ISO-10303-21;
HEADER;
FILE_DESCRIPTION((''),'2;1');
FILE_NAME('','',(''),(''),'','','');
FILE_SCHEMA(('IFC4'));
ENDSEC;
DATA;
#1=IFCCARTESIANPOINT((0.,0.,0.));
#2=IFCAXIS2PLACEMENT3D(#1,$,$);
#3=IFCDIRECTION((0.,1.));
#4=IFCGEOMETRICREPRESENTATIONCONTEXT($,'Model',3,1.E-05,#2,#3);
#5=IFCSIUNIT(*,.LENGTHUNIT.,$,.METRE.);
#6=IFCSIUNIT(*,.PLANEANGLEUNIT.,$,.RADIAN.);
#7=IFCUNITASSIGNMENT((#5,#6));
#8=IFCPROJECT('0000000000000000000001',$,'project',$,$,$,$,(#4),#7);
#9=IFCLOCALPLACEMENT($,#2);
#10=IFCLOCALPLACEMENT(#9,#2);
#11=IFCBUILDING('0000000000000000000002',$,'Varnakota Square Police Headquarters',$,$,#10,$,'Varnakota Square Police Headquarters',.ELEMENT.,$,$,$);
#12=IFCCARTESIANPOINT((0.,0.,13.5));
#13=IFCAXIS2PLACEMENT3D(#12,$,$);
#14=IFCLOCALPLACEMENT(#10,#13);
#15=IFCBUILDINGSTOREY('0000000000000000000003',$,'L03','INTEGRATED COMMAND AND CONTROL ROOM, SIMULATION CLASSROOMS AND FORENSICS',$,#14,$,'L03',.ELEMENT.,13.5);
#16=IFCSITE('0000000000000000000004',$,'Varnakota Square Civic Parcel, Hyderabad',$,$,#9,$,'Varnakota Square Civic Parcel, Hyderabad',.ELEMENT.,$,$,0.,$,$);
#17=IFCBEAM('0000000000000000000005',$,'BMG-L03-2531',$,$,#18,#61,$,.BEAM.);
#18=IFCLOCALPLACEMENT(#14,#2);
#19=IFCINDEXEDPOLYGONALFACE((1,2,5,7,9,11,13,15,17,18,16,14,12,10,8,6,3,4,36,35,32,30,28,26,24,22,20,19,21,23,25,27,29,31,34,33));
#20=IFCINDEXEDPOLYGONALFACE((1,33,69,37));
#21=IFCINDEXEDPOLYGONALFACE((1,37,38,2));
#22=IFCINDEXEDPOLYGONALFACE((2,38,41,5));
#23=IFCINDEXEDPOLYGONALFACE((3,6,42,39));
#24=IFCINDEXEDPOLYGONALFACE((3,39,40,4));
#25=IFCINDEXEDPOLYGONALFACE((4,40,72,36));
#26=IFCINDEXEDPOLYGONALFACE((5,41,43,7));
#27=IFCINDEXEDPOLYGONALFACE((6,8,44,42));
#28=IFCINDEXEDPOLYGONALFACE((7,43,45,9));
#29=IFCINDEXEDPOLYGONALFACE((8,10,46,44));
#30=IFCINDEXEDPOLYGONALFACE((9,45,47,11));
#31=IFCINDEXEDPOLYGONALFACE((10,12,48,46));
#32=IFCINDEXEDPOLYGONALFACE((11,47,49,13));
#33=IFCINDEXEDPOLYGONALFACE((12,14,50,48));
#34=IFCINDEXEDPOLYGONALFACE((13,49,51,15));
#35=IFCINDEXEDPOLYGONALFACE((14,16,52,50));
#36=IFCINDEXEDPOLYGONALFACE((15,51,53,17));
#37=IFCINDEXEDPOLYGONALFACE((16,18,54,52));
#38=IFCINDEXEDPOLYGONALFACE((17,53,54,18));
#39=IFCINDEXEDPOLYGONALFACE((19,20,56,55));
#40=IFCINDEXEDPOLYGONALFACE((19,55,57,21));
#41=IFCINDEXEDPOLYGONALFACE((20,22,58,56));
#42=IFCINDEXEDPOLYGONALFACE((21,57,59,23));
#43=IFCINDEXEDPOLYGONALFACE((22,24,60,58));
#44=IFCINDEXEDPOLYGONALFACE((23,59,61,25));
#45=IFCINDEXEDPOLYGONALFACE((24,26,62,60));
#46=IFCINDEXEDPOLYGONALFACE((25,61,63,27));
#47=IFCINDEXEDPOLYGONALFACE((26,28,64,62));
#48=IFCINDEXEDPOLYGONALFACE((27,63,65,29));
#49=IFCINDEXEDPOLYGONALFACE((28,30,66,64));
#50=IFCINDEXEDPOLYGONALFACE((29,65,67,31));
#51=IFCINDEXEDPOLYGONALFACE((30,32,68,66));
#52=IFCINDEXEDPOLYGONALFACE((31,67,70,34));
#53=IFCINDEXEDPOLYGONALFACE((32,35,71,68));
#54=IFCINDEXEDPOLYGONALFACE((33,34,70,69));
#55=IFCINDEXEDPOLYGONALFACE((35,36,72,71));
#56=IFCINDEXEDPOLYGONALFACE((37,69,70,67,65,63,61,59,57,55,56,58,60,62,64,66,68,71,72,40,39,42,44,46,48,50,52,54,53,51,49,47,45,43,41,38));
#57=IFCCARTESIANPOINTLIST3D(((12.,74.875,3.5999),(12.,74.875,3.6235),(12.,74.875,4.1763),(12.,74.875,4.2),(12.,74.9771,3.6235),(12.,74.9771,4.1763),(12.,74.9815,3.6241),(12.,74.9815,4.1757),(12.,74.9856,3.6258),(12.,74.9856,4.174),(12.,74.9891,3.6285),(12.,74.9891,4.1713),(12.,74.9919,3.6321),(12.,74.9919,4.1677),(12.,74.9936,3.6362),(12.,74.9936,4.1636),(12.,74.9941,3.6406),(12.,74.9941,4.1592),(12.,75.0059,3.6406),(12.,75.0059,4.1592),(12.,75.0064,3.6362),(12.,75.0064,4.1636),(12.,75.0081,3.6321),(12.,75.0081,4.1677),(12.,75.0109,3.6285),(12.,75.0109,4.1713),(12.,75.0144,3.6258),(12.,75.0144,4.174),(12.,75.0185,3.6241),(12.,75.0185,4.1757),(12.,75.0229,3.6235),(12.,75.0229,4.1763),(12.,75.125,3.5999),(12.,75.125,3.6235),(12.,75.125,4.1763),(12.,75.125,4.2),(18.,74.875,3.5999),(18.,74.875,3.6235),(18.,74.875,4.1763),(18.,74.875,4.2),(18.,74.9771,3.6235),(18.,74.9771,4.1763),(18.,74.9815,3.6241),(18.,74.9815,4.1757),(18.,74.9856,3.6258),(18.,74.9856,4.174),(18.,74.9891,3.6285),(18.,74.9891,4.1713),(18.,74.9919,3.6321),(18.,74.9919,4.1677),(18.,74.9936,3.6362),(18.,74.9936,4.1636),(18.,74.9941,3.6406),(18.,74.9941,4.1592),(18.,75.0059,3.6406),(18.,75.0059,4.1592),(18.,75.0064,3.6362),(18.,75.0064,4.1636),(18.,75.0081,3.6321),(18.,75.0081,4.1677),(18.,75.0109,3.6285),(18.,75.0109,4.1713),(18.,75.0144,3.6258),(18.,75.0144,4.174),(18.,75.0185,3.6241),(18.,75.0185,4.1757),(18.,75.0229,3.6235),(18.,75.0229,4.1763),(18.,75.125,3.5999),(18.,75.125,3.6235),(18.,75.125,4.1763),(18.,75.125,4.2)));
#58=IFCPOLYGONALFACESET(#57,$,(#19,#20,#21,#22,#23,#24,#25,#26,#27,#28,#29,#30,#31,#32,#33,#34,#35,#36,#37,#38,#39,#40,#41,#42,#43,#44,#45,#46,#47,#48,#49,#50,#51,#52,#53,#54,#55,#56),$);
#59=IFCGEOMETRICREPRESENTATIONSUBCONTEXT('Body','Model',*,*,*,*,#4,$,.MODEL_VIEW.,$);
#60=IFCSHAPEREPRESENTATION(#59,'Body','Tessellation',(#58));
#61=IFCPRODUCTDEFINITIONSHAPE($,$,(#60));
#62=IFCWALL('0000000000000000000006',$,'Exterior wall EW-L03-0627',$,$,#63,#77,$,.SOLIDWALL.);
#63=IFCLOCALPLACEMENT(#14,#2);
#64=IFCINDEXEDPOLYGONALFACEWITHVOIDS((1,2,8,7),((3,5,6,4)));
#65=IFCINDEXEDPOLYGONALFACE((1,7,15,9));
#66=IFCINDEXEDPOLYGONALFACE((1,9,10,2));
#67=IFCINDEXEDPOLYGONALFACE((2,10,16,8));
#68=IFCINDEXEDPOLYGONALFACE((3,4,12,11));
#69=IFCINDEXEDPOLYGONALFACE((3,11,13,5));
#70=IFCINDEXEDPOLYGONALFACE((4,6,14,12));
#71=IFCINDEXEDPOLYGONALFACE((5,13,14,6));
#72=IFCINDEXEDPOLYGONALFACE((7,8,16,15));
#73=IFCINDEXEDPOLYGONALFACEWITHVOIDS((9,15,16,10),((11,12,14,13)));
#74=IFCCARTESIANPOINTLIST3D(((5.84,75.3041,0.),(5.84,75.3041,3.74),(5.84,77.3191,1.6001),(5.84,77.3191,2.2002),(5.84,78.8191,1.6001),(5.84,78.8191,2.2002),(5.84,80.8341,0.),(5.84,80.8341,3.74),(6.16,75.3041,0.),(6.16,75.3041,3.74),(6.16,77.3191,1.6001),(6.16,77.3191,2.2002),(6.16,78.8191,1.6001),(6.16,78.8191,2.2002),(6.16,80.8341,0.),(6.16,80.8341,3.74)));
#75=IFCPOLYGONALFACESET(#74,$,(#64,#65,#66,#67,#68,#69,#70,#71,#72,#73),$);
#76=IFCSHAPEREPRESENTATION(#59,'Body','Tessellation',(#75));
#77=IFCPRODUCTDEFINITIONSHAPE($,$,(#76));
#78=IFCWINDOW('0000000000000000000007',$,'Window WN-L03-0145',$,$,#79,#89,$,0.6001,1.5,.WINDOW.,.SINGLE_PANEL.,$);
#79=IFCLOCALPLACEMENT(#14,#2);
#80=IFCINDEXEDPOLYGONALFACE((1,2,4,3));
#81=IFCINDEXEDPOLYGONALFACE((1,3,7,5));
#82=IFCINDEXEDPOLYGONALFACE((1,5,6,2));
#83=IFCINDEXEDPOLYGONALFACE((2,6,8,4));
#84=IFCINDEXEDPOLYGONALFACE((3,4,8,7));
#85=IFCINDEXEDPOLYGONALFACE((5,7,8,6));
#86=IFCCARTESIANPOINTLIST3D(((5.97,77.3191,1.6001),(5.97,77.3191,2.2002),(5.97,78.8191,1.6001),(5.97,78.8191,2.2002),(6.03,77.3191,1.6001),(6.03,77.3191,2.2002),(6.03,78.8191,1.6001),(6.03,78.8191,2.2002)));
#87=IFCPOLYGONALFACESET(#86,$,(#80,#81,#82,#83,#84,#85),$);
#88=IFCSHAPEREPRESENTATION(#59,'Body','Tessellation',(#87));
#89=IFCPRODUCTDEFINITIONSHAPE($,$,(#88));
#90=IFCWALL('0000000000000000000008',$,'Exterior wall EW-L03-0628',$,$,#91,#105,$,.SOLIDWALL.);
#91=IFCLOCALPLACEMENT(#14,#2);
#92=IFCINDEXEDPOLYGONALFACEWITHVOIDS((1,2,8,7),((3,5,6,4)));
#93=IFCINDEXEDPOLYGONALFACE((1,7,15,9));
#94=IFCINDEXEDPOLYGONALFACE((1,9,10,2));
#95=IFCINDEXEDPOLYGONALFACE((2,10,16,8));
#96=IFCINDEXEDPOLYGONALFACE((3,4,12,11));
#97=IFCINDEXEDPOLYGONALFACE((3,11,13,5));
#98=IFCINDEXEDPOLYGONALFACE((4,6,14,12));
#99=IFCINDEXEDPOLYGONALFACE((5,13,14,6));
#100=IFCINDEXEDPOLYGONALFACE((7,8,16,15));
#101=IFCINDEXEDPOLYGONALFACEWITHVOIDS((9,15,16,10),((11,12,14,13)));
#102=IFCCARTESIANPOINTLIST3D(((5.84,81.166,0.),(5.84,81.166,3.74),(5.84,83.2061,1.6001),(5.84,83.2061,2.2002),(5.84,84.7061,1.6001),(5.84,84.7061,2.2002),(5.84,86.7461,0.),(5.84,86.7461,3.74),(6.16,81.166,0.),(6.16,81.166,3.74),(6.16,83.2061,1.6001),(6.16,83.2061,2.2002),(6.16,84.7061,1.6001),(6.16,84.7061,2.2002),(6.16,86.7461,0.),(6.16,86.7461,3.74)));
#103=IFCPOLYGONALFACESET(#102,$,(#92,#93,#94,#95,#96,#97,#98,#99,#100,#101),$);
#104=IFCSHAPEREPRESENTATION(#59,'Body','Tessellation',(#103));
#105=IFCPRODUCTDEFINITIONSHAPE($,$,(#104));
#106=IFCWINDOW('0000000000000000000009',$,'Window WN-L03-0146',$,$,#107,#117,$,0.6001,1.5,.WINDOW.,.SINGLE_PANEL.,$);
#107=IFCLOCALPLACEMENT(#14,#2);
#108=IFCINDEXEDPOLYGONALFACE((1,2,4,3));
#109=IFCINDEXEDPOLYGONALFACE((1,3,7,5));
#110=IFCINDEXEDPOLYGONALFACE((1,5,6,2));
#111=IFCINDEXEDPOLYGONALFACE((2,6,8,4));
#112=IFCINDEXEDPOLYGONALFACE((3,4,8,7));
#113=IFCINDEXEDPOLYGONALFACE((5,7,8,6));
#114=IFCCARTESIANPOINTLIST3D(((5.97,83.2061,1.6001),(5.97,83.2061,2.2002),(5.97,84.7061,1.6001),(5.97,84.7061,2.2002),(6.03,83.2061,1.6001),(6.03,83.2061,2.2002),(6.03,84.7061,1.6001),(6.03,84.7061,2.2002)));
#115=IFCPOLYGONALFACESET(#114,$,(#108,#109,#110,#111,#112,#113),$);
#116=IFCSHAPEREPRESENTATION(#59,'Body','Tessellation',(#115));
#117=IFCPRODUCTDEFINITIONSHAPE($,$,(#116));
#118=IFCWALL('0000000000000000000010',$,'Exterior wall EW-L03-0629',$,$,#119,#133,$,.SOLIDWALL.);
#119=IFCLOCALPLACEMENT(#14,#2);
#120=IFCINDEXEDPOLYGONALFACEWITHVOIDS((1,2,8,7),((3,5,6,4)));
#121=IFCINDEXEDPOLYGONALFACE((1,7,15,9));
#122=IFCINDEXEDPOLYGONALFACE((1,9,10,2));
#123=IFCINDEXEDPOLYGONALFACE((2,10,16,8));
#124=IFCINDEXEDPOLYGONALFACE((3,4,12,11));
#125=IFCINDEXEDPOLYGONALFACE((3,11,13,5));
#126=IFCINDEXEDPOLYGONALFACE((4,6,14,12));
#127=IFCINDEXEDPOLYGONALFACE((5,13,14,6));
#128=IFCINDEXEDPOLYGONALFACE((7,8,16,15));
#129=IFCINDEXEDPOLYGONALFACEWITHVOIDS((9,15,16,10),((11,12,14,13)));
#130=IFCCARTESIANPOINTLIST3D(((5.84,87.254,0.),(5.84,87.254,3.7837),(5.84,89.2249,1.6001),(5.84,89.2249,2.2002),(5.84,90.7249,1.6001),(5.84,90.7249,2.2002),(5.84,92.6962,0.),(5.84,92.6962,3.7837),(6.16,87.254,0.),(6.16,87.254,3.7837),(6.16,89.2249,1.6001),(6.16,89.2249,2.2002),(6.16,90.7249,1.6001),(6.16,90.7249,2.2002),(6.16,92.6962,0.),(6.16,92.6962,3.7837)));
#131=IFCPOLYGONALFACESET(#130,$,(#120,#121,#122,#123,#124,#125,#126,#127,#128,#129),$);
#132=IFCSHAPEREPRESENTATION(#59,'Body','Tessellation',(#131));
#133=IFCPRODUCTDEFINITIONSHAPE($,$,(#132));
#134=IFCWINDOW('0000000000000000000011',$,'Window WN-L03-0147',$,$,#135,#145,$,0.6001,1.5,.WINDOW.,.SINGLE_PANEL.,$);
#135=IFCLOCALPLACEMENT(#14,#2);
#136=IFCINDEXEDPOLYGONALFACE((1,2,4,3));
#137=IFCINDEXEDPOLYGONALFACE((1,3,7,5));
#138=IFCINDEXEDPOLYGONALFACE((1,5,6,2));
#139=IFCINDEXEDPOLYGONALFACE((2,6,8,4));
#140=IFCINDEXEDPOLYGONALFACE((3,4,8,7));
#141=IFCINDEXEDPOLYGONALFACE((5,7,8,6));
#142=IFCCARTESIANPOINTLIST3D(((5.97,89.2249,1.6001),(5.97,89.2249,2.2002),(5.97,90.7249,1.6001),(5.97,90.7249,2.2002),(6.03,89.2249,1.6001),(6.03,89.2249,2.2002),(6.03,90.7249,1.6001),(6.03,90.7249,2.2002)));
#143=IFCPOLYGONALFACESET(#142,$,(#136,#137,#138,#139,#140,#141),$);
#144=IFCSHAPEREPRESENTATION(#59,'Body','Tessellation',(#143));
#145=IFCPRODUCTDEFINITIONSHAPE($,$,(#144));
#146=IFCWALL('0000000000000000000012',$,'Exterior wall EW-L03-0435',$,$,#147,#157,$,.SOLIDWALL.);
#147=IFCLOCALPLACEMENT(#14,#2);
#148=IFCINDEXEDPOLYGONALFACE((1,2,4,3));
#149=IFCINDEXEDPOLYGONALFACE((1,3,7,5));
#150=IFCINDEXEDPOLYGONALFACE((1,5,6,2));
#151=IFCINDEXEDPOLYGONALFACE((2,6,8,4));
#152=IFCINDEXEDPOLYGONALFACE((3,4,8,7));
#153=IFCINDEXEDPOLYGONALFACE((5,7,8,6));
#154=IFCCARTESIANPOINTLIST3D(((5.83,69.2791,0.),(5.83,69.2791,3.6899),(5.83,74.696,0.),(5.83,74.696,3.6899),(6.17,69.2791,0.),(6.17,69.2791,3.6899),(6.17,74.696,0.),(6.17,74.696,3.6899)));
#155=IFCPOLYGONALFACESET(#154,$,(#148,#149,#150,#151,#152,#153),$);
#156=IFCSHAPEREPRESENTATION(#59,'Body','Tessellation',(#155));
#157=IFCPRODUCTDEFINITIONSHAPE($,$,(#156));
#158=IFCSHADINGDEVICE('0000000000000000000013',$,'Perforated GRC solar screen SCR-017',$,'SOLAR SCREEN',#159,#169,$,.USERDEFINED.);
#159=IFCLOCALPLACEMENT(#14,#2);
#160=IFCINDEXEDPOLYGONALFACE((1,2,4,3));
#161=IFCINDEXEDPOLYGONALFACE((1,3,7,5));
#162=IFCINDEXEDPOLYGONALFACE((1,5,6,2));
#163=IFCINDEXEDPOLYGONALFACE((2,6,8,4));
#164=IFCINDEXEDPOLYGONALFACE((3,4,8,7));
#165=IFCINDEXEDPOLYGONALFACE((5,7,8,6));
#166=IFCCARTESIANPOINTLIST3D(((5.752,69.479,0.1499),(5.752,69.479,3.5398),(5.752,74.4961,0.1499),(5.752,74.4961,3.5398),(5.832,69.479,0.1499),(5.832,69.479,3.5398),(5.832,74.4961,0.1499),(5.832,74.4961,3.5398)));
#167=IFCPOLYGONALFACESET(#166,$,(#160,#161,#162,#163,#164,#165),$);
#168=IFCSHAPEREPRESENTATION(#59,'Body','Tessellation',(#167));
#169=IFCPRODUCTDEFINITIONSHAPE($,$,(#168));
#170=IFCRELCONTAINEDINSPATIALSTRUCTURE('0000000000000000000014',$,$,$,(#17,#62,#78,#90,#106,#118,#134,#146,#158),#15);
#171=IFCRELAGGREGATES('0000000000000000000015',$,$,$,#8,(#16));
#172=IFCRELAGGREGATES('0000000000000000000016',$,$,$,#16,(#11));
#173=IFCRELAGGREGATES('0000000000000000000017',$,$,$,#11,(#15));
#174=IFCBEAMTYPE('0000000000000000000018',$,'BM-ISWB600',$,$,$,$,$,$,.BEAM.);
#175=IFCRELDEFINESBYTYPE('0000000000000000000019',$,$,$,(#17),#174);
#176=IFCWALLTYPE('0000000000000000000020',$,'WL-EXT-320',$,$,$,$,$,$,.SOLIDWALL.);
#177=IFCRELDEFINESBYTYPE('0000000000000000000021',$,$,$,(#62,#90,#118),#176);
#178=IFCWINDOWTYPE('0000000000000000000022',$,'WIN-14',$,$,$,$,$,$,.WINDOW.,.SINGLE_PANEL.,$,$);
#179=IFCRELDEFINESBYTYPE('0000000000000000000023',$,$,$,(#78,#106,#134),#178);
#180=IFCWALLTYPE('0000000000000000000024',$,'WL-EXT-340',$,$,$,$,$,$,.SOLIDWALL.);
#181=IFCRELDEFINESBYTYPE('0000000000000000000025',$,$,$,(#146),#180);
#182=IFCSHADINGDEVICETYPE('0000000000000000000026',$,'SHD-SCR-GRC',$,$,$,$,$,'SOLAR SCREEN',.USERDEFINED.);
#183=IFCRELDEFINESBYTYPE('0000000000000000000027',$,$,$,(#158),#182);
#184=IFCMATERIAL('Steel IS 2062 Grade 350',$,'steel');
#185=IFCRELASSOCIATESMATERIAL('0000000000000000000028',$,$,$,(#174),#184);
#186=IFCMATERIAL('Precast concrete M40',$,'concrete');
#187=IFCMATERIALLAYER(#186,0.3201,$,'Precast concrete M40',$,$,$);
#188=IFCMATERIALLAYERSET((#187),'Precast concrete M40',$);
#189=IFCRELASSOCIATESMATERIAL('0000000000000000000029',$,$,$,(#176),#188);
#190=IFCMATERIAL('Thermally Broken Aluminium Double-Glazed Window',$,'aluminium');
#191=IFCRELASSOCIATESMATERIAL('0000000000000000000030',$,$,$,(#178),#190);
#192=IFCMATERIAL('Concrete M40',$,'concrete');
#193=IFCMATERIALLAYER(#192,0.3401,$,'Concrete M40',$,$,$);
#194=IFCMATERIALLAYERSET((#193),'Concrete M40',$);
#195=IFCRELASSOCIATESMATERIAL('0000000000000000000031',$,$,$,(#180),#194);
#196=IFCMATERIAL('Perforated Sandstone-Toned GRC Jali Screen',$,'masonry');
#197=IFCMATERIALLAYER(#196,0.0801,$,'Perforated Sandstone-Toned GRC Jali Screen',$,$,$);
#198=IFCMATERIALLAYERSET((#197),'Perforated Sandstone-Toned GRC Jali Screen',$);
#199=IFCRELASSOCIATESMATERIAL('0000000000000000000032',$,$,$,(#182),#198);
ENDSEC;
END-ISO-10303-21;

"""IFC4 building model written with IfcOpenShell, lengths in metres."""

from ifc_helpers import new_model, si_unit, direction, frame, frame_2d, origin, origin_2d, place, context, subcontext, project, spatial, rectangle, i_section, extrude, material, layer, layer_set, material_profile, profile_set, type_object, element, fill, save


model = new_model("IFC4")

# Units and contexts
model_context = context("Model", 3, precision=1e-05, world=origin(), true_north=direction((0.0, 1.0)))
body_context = subcontext(model_context, "Body", "Model", "MODEL_VIEW")
ifc_project = project(units=[si_unit("LENGTHUNIT", "METRE"), si_unit("PLANEANGLEUNIT", "RADIAN")], contexts=[model_context])

# Site, building, storey
site_placement = place(None, origin())
site = spatial("IfcSite", under=ifc_project, at=site_placement, Name="Varnakota Square Civic Parcel, Hyderabad", LongName="Varnakota Square Civic Parcel, Hyderabad", CompositionType="ELEMENT", RefElevation=0.0)
building_placement = place(site_placement, origin())
building = spatial("IfcBuilding", under=site, at=building_placement, Name="Varnakota Square Police Headquarters", LongName="Varnakota Square Police Headquarters", CompositionType="ELEMENT")
storey_placement = place(building_placement, frame((0.0, 0.0, 13.5)))
storey = spatial("IfcBuildingStorey", under=building, at=storey_placement, Name="L03", Description="INTEGRATED COMMAND AND CONTROL ROOM, SIMULATION CLASSROOMS AND FORENSICS", LongName="L03", CompositionType="ELEMENT", Elevation=13.5)

# Shared definitions
ifc_material_1 = material(Name="Steel IS 2062 Grade 350", Category="steel")

# Beam
ifc_material_profile_1 = material_profile(ifc_material_1, i_section(OverallWidth=0.25, OverallDepth=0.6001, WebThickness=0.0117, FlangeThickness=0.0237, FilletRadius=0.0171, at=origin_2d()), Name="ISWB 600")
ifc_profile_set_1 = profile_set([ifc_material_profile_1], Name="Steel IS 2062 Grade 350")
beam_type_1 = type_object("IfcBeamType", Name="BM-ISWB600", PredefinedType="BEAM", material=ifc_profile_set_1)
beam_1_placement = place(storey_placement, frame((12.0, 75.0, 3.8999), z_axis=(1.0, 0.0, 0.0), x_axis=(0.0, 1.0, 0.0)))
element("IfcBeam", 1, at=beam_1_placement, inside=storey, type_object=beam_type_1, Name="BMG-L03-2531", PredefinedType="BEAM", context=body_context, shape_type="SweptSolid", body=[
    extrude(i_section(OverallWidth=0.25, OverallDepth=0.6001, WebThickness=0.0117, FlangeThickness=0.0237, FilletRadius=0.0171, at=origin_2d()), origin(), (0.0, 0.0, 1.0), 6.0),
])

# Walls, openings, windows
ifc_material_2 = material(Name="Precast concrete M40", Category="concrete")
ifc_layer_1 = layer(ifc_material_2, 0.3201, Name="Precast concrete M40")
ifc_layer_set_1 = layer_set([ifc_layer_1], Name="Precast concrete M40")
wall_type_1 = type_object("IfcWallType", Name="WL-EXT-320", PredefinedType="SOLIDWALL", material=ifc_layer_set_1)
wall_1_placement = place(storey_placement, frame((6.0, 75.304, 0.0), z_axis=(0.0, 0.0, 1.0), x_axis=(0.0, 1.0, 0.0)))
wall_1 = element("IfcWall", 2, at=wall_1_placement, inside=storey, type_object=wall_type_1, Name="Exterior wall EW-L03-0627", PredefinedType="SOLIDWALL", context=body_context, shape_type="SweptSolid", body=[
    extrude(rectangle(XDim=5.53, YDim=0.3201, at=frame_2d((2.7651, 0.0))), origin(), (0.0, 0.0, 1.0), 3.74),
])
opening_1_placement = place(wall_1_placement, frame((2.0151, 0.0, 1.6001)))
opening_1 = element("IfcOpeningElement", 3, at=opening_1_placement, cuts=wall_1, PredefinedType="OPENING", context=body_context, shape_type="SweptSolid", body=[
    extrude(rectangle(XDim=1.5, YDim=0.6001, at=frame_2d((0.75, 0.3))), frame((0.0, 0.1699, 0.0), z_axis=(0.0, -1.0, 0.0), x_axis=(1.0, 0.0, 0.0)), (0.0, 0.0, 1.0), 0.3401),
])
ifc_material_3 = material(Name="Thermally Broken Aluminium Double-Glazed Window", Category="aluminium")
window_type = type_object("IfcWindowType", Name="WIN-14", PartitioningType="SINGLE_PANEL", PredefinedType="WINDOW", material=ifc_material_3)
window_1_placement = place(opening_1_placement, origin())
window_1 = element("IfcWindow", 4, at=window_1_placement, inside=storey, type_object=window_type, Name="Window WN-L03-0145", OverallHeight=0.6001, OverallWidth=1.5, PartitioningType="SINGLE_PANEL", PredefinedType="WINDOW", context=body_context, shape_type="SweptSolid", body=[
    extrude(rectangle(XDim=1.5, YDim=0.6001, at=frame_2d((0.75, 0.3))), frame((0.0, 0.03, 0.0), z_axis=(0.0, -1.0, 0.0), x_axis=(1.0, 0.0, 0.0)), (0.0, 0.0, 1.0), 0.0601),
])
fill(opening_1, window_1)
wall_2_placement = place(storey_placement, frame((6.0, 81.166, 0.0), z_axis=(0.0, 0.0, 1.0), x_axis=(0.0, 1.0, 0.0)))
wall_2 = element("IfcWall", 5, at=wall_2_placement, inside=storey, type_object=wall_type_1, Name="Exterior wall EW-L03-0628", PredefinedType="SOLIDWALL", context=body_context, shape_type="SweptSolid", body=[
    extrude(rectangle(XDim=5.5801, YDim=0.3201, at=frame_2d((2.79, 0.0))), origin(), (0.0, 0.0, 1.0), 3.74),
])
opening_2_placement = place(wall_2_placement, frame((2.04, 0.0, 1.6001)))
opening_2 = element("IfcOpeningElement", 6, at=opening_2_placement, cuts=wall_2, PredefinedType="OPENING", context=body_context, shape_type="SweptSolid", body=[
    extrude(rectangle(XDim=1.5, YDim=0.6001, at=frame_2d((0.75, 0.3))), frame((0.0, 0.1699, 0.0), z_axis=(0.0, -1.0, 0.0), x_axis=(1.0, 0.0, 0.0)), (0.0, 0.0, 1.0), 0.3401),
])
window_2_placement = place(opening_2_placement, origin())
window_2 = element("IfcWindow", 7, at=window_2_placement, inside=storey, type_object=window_type, Name="Window WN-L03-0146", OverallHeight=0.6001, OverallWidth=1.5, PartitioningType="SINGLE_PANEL", PredefinedType="WINDOW", context=body_context, shape_type="SweptSolid", body=[
    extrude(rectangle(XDim=1.5, YDim=0.6001, at=frame_2d((0.75, 0.3))), frame((0.0, 0.03, 0.0), z_axis=(0.0, -1.0, 0.0), x_axis=(1.0, 0.0, 0.0)), (0.0, 0.0, 1.0), 0.0601),
])
fill(opening_2, window_2)
wall_3_placement = place(storey_placement, frame((6.0, 87.2539, 0.0), z_axis=(0.0, 0.0, 1.0), x_axis=(0.0, 1.0, 0.0)))
wall_3 = element("IfcWall", 8, at=wall_3_placement, inside=storey, type_object=wall_type_1, Name="Exterior wall EW-L03-0629", PredefinedType="SOLIDWALL", context=body_context, shape_type="SweptSolid", body=[
    extrude(rectangle(XDim=5.4421, YDim=0.3201, at=frame_2d((2.7212, 0.0))), origin(), (0.0, 0.0, 1.0), 3.7837),
])
opening_3_placement = place(wall_3_placement, frame((1.9709, 0.0, 1.6001)))
opening_3 = element("IfcOpeningElement", 9, at=opening_3_placement, cuts=wall_3, PredefinedType="OPENING", context=body_context, shape_type="SweptSolid", body=[
    extrude(rectangle(XDim=1.5, YDim=0.6001, at=frame_2d((0.75, 0.3))), frame((0.0, 0.1699, 0.0), z_axis=(0.0, -1.0, 0.0), x_axis=(1.0, 0.0, 0.0)), (0.0, 0.0, 1.0), 0.3401),
])
window_3_placement = place(opening_3_placement, origin())
window_3 = element("IfcWindow", 10, at=window_3_placement, inside=storey, type_object=window_type, Name="Window WN-L03-0147", OverallHeight=0.6001, OverallWidth=1.5, PartitioningType="SINGLE_PANEL", PredefinedType="WINDOW", context=body_context, shape_type="SweptSolid", body=[
    extrude(rectangle(XDim=1.5, YDim=0.6001, at=frame_2d((0.75, 0.3))), frame((0.0, 0.03, 0.0), z_axis=(0.0, -1.0, 0.0), x_axis=(1.0, 0.0, 0.0)), (0.0, 0.0, 1.0), 0.0601),
])
fill(opening_3, window_3)

# Wall
ifc_material_4 = material(Name="Concrete M40", Category="concrete")
ifc_layer_2 = layer(ifc_material_4, 0.3401, Name="Concrete M40")
ifc_layer_set_2 = layer_set([ifc_layer_2], Name="Concrete M40")
wall_type_2 = type_object("IfcWallType", Name="WL-EXT-340", PredefinedType="SOLIDWALL", material=ifc_layer_set_2)
wall_4_placement = place(storey_placement, frame((6.0, 69.2791, 0.0), z_axis=(0.0, 0.0, 1.0), x_axis=(0.0, 1.0, 0.0)))
element("IfcWall", 11, at=wall_4_placement, inside=storey, type_object=wall_type_2, Name="Exterior wall EW-L03-0435", PredefinedType="SOLIDWALL", context=body_context, shape_type="SweptSolid", body=[
    extrude(rectangle(XDim=5.417, YDim=0.3401, at=frame_2d((2.7085, 0.0))), origin(), (0.0, 0.0, 1.0), 3.6899),
])

# Shading device
ifc_material_5 = material(Name="Perforated Sandstone-Toned GRC Jali Screen", Category="masonry")
ifc_layer_3 = layer(ifc_material_5, 0.0801, Name="Perforated Sandstone-Toned GRC Jali Screen")
ifc_layer_set_3 = layer_set([ifc_layer_3], Name="Perforated Sandstone-Toned GRC Jali Screen")
shading_device_type = type_object("IfcShadingDeviceType", Name="SHD-SCR-GRC", ElementType="SOLAR SCREEN", PredefinedType="USERDEFINED", material=ifc_layer_set_3)
shading_device_placement = place(storey_placement, frame((5.792, 71.9875, 0.1499), z_axis=(0.0, 0.0, 1.0), x_axis=(0.0, 1.0, 0.0)))
element("IfcShadingDevice", 12, at=shading_device_placement, inside=storey, type_object=shading_device_type, Name="Perforated GRC solar screen SCR-017", ObjectType="SOLAR SCREEN", PredefinedType="USERDEFINED", context=body_context, shape_type="SweptSolid", body=[
    extrude(rectangle(XDim=5.0171, YDim=0.0801, at=origin_2d()), origin(), (0.0, 0.0, 1.0), 3.3899),
])

save(model, "model.ifc")
